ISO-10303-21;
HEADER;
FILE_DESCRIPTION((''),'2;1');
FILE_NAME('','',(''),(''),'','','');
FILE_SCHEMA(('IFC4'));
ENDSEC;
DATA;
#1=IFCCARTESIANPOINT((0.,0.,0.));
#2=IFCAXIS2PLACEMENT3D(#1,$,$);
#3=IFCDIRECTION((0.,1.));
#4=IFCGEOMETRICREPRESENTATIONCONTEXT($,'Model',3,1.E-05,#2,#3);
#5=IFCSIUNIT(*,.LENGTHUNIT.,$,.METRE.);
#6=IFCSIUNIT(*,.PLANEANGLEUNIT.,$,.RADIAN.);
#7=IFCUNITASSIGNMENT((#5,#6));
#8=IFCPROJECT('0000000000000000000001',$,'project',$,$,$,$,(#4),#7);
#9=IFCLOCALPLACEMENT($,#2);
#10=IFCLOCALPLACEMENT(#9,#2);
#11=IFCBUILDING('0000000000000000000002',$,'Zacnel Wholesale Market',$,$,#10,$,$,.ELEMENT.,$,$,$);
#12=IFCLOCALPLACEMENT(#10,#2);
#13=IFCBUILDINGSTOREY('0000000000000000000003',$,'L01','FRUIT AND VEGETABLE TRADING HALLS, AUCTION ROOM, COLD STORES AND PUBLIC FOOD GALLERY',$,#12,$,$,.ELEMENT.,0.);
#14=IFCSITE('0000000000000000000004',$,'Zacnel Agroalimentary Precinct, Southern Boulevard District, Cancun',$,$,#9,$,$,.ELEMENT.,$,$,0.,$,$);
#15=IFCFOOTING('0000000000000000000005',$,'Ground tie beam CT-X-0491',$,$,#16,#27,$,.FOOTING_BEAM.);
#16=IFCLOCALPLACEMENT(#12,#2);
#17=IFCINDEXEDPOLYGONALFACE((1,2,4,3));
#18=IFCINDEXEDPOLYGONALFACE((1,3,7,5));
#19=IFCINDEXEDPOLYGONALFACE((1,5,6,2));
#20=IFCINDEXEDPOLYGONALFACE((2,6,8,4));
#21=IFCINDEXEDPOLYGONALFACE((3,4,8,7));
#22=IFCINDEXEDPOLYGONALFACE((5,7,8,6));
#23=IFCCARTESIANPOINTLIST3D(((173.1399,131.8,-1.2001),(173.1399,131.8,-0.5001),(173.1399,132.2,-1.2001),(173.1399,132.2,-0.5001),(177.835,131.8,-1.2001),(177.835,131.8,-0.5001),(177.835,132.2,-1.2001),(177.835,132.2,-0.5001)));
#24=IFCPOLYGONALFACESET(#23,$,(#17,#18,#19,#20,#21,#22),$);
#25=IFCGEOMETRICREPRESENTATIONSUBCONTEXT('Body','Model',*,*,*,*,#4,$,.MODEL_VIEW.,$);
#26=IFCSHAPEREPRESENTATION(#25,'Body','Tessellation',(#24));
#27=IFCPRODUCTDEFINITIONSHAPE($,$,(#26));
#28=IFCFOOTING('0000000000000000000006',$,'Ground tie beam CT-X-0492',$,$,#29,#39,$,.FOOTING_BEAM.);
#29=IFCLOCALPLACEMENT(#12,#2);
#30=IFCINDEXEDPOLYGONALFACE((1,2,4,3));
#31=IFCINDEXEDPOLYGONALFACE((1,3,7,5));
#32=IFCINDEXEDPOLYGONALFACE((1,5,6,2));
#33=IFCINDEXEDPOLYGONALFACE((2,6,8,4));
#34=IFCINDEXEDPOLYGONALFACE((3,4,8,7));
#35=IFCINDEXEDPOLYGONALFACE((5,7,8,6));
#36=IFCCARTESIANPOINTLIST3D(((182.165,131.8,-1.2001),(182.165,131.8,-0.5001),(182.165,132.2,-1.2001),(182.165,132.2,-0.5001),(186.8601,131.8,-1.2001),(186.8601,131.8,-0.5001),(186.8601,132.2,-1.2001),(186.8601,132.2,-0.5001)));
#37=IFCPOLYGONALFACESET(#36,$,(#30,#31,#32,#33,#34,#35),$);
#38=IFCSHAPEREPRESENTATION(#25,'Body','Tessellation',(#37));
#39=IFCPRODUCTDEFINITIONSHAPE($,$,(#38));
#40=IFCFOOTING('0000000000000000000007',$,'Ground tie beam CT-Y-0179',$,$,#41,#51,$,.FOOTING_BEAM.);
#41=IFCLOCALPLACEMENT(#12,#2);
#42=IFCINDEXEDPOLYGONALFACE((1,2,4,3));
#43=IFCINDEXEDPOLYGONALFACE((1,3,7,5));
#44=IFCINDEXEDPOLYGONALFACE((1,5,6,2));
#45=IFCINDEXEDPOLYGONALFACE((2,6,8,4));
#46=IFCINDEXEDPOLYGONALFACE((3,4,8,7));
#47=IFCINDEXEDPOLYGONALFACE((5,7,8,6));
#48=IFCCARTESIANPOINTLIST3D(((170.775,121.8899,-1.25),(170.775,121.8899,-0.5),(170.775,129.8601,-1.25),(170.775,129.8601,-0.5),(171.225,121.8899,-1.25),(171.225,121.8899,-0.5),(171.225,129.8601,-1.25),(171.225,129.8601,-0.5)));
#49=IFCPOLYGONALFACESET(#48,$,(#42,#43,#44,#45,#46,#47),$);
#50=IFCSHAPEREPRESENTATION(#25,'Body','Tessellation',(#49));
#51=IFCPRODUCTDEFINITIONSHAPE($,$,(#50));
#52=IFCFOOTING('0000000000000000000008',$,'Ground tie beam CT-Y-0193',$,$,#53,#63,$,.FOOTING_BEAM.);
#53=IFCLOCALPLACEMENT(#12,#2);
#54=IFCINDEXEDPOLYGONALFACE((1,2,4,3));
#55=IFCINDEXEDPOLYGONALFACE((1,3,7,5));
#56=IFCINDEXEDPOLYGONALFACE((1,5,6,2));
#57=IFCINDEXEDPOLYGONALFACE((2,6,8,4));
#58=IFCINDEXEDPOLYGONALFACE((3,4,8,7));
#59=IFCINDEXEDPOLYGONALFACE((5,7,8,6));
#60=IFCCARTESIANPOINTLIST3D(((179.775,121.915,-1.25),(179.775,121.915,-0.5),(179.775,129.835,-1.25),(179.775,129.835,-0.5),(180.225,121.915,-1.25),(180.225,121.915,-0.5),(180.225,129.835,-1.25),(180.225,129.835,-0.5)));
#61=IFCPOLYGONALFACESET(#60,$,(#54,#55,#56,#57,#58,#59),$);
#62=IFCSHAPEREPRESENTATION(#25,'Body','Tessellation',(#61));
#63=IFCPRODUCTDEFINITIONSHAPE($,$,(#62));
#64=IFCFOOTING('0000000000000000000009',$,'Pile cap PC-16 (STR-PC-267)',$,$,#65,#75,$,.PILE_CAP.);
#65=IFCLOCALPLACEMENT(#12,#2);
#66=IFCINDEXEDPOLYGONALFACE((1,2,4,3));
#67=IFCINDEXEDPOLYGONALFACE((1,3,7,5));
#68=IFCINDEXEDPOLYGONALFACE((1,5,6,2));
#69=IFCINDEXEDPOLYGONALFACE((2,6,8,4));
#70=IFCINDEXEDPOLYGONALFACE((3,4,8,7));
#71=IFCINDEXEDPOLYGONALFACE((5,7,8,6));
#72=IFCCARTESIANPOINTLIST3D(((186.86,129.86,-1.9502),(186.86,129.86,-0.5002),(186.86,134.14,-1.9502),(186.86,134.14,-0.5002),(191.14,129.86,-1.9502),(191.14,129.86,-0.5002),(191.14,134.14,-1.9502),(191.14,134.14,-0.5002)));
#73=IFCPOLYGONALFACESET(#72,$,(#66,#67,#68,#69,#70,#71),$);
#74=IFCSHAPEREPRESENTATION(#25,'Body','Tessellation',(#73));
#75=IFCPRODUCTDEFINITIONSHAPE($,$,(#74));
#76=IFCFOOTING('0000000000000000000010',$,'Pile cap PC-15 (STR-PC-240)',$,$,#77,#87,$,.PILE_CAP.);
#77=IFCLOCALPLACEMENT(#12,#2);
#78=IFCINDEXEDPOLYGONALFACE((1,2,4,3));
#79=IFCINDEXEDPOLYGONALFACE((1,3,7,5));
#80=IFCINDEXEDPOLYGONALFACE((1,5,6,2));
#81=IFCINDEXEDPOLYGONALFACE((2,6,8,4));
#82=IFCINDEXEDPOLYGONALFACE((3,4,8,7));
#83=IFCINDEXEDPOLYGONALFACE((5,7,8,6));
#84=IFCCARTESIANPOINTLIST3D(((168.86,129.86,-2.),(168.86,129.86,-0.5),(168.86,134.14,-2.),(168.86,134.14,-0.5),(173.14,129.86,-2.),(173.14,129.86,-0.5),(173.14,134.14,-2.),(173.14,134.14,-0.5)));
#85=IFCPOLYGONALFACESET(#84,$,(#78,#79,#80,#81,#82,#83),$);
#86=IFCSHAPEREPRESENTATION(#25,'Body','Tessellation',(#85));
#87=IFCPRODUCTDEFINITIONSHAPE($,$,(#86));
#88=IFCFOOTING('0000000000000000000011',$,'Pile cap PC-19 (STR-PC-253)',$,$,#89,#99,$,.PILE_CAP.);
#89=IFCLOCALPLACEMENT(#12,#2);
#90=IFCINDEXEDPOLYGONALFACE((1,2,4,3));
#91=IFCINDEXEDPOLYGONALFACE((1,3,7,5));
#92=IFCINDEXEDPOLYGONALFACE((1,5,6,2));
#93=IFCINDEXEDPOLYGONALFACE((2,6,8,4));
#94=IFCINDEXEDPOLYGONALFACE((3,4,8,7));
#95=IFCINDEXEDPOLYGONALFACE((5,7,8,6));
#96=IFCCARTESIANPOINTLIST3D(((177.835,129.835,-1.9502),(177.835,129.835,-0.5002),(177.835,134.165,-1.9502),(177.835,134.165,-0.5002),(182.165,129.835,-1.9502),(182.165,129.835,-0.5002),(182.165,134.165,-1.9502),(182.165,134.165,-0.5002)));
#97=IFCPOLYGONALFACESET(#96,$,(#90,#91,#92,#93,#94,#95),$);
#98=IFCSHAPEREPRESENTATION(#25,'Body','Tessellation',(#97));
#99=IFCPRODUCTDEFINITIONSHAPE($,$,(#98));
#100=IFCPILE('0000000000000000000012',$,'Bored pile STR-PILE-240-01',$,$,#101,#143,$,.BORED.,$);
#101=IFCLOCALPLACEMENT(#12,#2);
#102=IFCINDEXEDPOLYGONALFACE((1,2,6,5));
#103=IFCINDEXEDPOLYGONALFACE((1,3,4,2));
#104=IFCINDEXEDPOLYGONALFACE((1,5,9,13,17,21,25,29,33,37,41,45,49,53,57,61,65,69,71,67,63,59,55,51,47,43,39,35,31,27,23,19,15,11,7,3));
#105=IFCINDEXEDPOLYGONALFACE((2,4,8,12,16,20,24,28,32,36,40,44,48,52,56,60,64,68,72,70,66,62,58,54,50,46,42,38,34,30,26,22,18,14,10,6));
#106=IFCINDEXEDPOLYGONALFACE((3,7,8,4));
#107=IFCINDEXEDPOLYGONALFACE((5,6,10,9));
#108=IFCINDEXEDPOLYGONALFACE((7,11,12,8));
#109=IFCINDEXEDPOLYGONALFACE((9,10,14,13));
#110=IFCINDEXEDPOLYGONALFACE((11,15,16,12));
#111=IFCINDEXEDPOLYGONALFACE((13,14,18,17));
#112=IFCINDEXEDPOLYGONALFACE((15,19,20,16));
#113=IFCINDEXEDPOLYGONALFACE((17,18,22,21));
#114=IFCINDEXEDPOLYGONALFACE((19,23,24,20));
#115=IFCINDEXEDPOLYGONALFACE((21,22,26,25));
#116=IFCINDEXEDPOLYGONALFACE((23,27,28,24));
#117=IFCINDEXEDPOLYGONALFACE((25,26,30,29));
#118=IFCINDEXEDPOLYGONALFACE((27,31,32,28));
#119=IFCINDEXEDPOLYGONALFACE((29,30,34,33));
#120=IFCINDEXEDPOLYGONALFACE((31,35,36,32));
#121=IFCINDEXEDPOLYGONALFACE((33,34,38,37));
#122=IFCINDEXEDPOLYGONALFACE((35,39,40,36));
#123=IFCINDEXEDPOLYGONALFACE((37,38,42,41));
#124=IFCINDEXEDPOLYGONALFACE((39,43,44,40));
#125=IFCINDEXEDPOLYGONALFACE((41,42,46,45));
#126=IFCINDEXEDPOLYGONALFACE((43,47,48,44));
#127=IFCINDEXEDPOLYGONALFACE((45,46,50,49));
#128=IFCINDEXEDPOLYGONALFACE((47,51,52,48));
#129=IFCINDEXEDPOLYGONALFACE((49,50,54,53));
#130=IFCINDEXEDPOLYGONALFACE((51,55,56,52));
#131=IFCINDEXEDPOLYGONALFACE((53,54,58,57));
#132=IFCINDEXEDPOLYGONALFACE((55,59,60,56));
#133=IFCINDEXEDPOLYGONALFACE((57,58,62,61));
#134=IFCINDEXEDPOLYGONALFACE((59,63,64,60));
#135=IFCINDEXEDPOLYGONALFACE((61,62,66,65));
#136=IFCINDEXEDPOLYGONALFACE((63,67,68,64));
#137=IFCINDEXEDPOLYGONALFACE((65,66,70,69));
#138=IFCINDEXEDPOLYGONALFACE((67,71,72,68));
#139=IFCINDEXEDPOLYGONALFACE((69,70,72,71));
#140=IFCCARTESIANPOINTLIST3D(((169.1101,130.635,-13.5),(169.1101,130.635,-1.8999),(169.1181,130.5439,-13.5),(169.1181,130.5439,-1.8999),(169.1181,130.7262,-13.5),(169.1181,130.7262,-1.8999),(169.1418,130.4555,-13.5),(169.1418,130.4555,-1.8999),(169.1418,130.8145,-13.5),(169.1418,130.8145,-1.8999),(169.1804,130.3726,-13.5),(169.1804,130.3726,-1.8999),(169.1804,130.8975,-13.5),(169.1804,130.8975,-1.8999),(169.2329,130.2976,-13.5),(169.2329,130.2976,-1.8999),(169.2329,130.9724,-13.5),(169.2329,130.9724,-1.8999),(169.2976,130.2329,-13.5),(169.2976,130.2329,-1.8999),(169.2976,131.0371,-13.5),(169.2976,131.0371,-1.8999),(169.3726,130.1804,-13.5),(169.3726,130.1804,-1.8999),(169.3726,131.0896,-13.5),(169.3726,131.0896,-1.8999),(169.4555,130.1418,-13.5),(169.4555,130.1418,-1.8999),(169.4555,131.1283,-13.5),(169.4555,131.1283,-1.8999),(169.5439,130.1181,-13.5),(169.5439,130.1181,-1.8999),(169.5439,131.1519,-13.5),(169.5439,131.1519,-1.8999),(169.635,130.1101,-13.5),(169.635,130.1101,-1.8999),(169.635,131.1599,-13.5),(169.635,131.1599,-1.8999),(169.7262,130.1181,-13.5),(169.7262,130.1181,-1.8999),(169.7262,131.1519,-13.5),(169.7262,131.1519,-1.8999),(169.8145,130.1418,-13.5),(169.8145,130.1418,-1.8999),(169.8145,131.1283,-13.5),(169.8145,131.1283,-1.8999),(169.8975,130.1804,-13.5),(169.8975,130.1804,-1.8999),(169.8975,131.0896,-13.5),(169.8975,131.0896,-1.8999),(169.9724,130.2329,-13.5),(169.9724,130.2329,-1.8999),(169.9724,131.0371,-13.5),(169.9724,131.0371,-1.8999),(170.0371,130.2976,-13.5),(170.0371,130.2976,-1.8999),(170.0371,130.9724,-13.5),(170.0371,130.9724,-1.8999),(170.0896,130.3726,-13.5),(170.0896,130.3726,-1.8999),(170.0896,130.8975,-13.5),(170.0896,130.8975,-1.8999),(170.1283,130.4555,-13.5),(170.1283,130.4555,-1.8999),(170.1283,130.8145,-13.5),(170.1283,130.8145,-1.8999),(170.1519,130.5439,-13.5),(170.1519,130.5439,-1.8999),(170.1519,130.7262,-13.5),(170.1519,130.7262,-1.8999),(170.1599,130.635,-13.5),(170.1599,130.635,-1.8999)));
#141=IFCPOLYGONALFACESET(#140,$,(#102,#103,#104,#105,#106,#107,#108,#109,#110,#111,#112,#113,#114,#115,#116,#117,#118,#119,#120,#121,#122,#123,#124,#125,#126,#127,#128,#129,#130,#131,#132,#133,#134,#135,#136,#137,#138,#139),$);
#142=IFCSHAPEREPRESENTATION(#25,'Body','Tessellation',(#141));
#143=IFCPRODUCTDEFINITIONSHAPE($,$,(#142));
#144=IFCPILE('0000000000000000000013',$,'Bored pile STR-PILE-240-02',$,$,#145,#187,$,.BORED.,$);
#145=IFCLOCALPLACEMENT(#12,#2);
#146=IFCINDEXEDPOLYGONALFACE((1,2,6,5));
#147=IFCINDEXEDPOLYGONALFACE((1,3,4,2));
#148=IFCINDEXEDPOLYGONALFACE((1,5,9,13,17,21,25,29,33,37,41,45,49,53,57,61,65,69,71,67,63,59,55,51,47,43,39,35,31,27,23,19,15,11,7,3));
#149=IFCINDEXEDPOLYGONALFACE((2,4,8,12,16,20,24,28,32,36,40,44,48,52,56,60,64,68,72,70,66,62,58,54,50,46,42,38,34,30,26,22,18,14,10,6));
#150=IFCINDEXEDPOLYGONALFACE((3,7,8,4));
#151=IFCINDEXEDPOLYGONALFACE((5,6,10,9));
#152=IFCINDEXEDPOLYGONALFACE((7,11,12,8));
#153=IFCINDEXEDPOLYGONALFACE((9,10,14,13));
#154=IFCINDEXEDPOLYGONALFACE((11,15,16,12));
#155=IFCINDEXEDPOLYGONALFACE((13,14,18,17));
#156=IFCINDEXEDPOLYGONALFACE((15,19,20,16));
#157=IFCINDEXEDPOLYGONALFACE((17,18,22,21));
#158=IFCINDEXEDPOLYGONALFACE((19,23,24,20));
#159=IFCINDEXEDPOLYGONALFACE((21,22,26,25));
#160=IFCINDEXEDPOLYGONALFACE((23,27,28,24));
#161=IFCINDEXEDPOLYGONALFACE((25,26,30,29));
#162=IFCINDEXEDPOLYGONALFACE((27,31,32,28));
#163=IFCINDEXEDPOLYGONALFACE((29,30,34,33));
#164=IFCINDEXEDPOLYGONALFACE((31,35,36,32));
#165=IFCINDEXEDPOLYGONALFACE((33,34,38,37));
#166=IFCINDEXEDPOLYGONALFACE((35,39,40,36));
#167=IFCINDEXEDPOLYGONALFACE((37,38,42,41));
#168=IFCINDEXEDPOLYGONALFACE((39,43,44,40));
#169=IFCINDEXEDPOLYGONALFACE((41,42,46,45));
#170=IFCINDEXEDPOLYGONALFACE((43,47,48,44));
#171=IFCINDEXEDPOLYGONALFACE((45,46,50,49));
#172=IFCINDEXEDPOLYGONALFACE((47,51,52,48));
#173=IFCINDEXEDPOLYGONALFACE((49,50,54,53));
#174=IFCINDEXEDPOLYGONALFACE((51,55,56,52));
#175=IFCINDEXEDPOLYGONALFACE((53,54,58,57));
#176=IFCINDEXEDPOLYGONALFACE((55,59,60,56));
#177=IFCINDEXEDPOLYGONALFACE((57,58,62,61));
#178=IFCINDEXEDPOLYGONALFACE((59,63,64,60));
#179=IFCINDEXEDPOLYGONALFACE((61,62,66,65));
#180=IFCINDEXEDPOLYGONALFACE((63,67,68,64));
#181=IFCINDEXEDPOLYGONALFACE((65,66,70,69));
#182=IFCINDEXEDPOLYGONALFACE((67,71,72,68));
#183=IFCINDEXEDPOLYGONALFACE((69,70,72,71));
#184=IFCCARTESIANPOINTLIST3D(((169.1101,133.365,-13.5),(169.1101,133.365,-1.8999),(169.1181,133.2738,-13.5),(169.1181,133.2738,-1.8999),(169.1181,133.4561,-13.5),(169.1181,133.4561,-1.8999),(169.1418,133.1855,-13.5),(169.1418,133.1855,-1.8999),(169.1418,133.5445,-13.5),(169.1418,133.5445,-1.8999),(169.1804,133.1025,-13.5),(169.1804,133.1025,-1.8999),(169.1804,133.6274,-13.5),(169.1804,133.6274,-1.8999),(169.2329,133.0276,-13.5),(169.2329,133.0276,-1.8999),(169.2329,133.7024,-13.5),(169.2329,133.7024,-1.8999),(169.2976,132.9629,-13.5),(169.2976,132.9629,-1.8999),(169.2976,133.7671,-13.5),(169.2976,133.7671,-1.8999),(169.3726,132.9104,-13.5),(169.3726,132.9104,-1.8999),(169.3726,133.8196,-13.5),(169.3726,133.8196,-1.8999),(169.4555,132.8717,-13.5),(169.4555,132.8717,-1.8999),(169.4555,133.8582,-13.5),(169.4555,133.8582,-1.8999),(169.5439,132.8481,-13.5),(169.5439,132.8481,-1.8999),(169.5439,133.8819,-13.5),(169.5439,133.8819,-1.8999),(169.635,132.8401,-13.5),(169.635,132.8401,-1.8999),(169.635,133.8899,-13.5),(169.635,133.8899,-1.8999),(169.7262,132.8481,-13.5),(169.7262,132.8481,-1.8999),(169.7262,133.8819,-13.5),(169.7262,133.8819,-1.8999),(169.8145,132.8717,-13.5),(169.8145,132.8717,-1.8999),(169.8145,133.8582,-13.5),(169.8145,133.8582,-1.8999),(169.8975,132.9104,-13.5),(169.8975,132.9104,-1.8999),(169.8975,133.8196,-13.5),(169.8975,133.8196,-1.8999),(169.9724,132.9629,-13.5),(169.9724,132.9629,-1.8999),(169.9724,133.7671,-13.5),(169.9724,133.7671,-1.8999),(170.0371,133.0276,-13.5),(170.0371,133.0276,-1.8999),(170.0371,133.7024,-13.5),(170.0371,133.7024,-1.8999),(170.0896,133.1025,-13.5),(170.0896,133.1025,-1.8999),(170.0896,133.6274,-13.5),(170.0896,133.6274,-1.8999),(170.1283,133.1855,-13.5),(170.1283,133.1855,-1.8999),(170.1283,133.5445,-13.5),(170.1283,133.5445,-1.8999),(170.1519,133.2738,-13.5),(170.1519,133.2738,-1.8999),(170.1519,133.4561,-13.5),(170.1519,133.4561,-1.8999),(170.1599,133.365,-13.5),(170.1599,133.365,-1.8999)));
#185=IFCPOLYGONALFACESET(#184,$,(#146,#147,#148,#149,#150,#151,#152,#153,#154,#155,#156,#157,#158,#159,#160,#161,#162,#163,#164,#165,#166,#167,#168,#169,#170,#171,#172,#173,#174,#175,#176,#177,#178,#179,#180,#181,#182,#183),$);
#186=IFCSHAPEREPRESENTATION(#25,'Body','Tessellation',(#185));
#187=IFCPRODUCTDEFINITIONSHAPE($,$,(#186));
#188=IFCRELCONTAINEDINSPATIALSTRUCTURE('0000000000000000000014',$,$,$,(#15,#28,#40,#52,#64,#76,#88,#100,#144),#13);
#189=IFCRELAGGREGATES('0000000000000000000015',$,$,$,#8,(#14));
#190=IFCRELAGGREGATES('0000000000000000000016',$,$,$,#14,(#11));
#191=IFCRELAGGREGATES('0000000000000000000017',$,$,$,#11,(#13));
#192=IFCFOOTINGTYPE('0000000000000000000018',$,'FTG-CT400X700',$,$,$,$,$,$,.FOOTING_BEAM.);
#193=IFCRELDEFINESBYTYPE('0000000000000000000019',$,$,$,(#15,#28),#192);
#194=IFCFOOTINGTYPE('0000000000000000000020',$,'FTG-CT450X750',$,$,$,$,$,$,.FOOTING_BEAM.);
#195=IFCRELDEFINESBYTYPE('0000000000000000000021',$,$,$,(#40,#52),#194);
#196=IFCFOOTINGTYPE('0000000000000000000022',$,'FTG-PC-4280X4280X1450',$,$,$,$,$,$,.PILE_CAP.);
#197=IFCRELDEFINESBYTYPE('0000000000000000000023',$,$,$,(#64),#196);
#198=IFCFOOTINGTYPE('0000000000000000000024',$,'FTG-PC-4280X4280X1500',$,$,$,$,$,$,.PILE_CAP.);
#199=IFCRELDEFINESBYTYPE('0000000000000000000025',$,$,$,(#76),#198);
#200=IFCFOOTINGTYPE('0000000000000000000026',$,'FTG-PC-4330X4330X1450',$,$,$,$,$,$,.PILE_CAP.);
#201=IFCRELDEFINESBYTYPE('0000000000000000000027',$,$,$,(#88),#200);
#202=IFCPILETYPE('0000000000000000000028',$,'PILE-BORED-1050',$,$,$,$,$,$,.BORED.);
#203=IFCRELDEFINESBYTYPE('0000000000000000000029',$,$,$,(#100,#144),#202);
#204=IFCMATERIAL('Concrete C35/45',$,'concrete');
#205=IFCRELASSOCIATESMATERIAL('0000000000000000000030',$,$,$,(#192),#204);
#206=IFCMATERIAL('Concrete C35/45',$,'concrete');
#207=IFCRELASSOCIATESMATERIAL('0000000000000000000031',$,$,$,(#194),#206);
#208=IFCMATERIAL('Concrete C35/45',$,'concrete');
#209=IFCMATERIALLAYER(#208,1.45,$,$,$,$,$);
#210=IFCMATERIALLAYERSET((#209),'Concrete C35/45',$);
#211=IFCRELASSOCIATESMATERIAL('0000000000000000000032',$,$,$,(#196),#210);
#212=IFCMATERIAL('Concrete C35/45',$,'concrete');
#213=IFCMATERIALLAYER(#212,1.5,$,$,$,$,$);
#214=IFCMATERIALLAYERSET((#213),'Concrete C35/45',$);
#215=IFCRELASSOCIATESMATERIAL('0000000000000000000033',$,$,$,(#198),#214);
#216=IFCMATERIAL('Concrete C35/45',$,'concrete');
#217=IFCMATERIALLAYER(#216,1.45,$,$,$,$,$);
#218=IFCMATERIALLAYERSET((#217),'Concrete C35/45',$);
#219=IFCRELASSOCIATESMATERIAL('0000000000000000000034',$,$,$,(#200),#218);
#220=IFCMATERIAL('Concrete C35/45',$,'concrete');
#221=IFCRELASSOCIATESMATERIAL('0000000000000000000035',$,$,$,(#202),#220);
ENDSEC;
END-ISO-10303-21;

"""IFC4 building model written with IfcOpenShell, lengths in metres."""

from ifc_helpers import new_model, si_unit, direction, frame, origin, origin_2d, place, context, subcontext, project, spatial, rectangle, circle, extrude, material, layer, layer_set, material_profile, profile_set, type_object, element, save


model = new_model("IFC4")

# Units and contexts
model_context = context("Model", 3, precision=1e-05, world=origin(), true_north=direction((0.0, 1.0)))
body_context = subcontext(model_context, "Body", "Model", "MODEL_VIEW")
ifc_project = project(units=[si_unit("LENGTHUNIT", "METRE"), si_unit("PLANEANGLEUNIT", "RADIAN")], contexts=[model_context])

# Site, building, storey
site_placement = place(None, origin())
site = spatial("IfcSite", under=ifc_project, at=site_placement, Name="Zacnel Agroalimentary Precinct, Southern Boulevard District, Cancun", CompositionType="ELEMENT", RefElevation=0.0)
building_placement = place(site_placement, origin())
building = spatial("IfcBuilding", under=site, at=building_placement, Name="Zacnel Wholesale Market", CompositionType="ELEMENT")
storey_placement = place(building_placement, origin())
storey = spatial("IfcBuildingStorey", under=building, at=storey_placement, Name="L01", Description="FRUIT AND VEGETABLE TRADING HALLS, AUCTION ROOM, COLD STORES AND PUBLIC FOOD GALLERY", CompositionType="ELEMENT", Elevation=0.0)

# Footings
ifc_material_1 = material(Name="Concrete C35/45", Category="concrete")
ifc_material_profile_1 = material_profile(ifc_material_1, rectangle(XDim=0.3999, YDim=0.7, at=origin_2d()), Name="CT 400x700")
ifc_profile_set_1 = profile_set([ifc_material_profile_1], Name="Concrete C35/45")
footing_type_1 = type_object("IfcFootingType", Name="FTG-CT400X700", PredefinedType="FOOTING_BEAM", material=ifc_profile_set_1)
for number, where, z_axis, x_axis, name in (
    (1, (173.1399, 132.0, -0.8501), (1.0, 0.0, 0.0), (0.0, 1.0, 0.0), "Ground tie beam CT-X-0491"),
    (2, (182.165, 132.0, -0.8501), (1.0, 0.0, 0.0), (0.0, 1.0, 0.0), "Ground tie beam CT-X-0492"),
):
    element("IfcFooting", number, at=place(storey_placement, frame(where, z_axis=z_axis, x_axis=x_axis)), inside=storey, type_object=footing_type_1, Name=name, PredefinedType="FOOTING_BEAM", context=body_context, shape_type="SweptSolid", body=[
        extrude(rectangle(XDim=0.3999, YDim=0.7, at=origin_2d()), origin(), (0.0, 0.0, 1.0), 4.6951),
    ])
ifc_material_2 = material(Name="Concrete C35/45", Category="concrete")
ifc_material_profile_2 = material_profile(ifc_material_2, rectangle(XDim=0.45, YDim=0.75, at=origin_2d()), Name="CT 450x750")
ifc_profile_set_2 = profile_set([ifc_material_profile_2], Name="Concrete C35/45")
footing_type_2 = type_object("IfcFootingType", Name="FTG-CT450X750", PredefinedType="FOOTING_BEAM", material=ifc_profile_set_2)
footing_1_placement = place(storey_placement, frame((171.0, 121.8899, -0.875), z_axis=(0.0, 1.0, 0.0), x_axis=(-1.0, 0.0, 0.0)))
element("IfcFooting", 3, at=footing_1_placement, inside=storey, type_object=footing_type_2, Name="Ground tie beam CT-Y-0179", PredefinedType="FOOTING_BEAM", context=body_context, shape_type="SweptSolid", body=[
    extrude(rectangle(XDim=0.45, YDim=0.75, at=origin_2d()), origin(), (0.0, 0.0, 1.0), 7.9702),
])
footing_2_placement = place(storey_placement, frame((180.0, 121.915, -0.875), z_axis=(0.0, 1.0, 0.0), x_axis=(-1.0, 0.0, 0.0)))
element("IfcFooting", 4, at=footing_2_placement, inside=storey, type_object=footing_type_2, Name="Ground tie beam CT-Y-0193", PredefinedType="FOOTING_BEAM", context=body_context, shape_type="SweptSolid", body=[
    extrude(rectangle(XDim=0.45, YDim=0.75, at=origin_2d()), origin(), (0.0, 0.0, 1.0), 7.9199),
])
ifc_material_3 = material(Name="Concrete C35/45", Category="concrete")
ifc_layer_1 = layer(ifc_material_3, 1.45)
ifc_layer_set_1 = layer_set([ifc_layer_1], Name="Concrete C35/45")
footing_type_3 = type_object("IfcFootingType", Name="FTG-PC-4280X4280X1450", PredefinedType="PILE_CAP", material=ifc_layer_set_1)
footing_3_placement = place(storey_placement, frame((189.0, 132.0, -1.9502), z_axis=(0.0, 0.0, 1.0), x_axis=(1.0, 0.0, 0.0)))
element("IfcFooting", 5, at=footing_3_placement, inside=storey, type_object=footing_type_3, Name="Pile cap PC-16 (STR-PC-267)", PredefinedType="PILE_CAP", context=body_context, shape_type="SweptSolid", body=[
    extrude(rectangle(XDim=4.28, YDim=4.28, at=origin_2d()), origin(), (0.0, 0.0, 1.0), 1.45),
])
ifc_material_4 = material(Name="Concrete C35/45", Category="concrete")
ifc_layer_2 = layer(ifc_material_4, 1.5)
ifc_layer_set_2 = layer_set([ifc_layer_2], Name="Concrete C35/45")
footing_type_4 = type_object("IfcFootingType", Name="FTG-PC-4280X4280X1500", PredefinedType="PILE_CAP", material=ifc_layer_set_2)
footing_4_placement = place(storey_placement, frame((171.0, 132.0, -2.0), z_axis=(0.0, 0.0, 1.0), x_axis=(1.0, 0.0, 0.0)))
element("IfcFooting", 6, at=footing_4_placement, inside=storey, type_object=footing_type_4, Name="Pile cap PC-15 (STR-PC-240)", PredefinedType="PILE_CAP", context=body_context, shape_type="SweptSolid", body=[
    extrude(rectangle(XDim=4.28, YDim=4.28, at=origin_2d()), origin(), (0.0, 0.0, 1.0), 1.5),
])
ifc_material_5 = material(Name="Concrete C35/45", Category="concrete")
ifc_layer_3 = layer(ifc_material_5, 1.45)
ifc_layer_set_3 = layer_set([ifc_layer_3], Name="Concrete C35/45")
footing_type_5 = type_object("IfcFootingType", Name="FTG-PC-4330X4330X1450", PredefinedType="PILE_CAP", material=ifc_layer_set_3)
footing_5_placement = place(storey_placement, frame((180.0, 132.0, -1.9502), z_axis=(0.0, 0.0, 1.0), x_axis=(1.0, 0.0, 0.0)))
element("IfcFooting", 7, at=footing_5_placement, inside=storey, type_object=footing_type_5, Name="Pile cap PC-19 (STR-PC-253)", PredefinedType="PILE_CAP", context=body_context, shape_type="SweptSolid", body=[
    extrude(rectangle(XDim=4.3301, YDim=4.3301, at=origin_2d()), origin(), (0.0, 0.0, 1.0), 1.45),
])

# Piles
ifc_material_6 = material(Name="Concrete C35/45", Category="concrete")
ifc_material_profile_3 = material_profile(ifc_material_6, circle(Radius=0.5249, at=origin_2d()), Name="BORED PILE D1050")
ifc_profile_set_3 = profile_set([ifc_material_profile_3], Name="Concrete C35/45")
pile_type_1 = type_object("IfcPileType", Name="PILE-BORED-1050", PredefinedType="BORED", material=ifc_profile_set_3)
for number, where, z_axis, x_axis, name in (
    (8, (169.635, 130.635, -1.8999), (0.0, 0.0, -1.0), (1.0, 0.0, 0.0), "Bored pile STR-PILE-240-01"),
    (9, (169.635, 133.365, -1.8999), (0.0, 0.0, -1.0), (1.0, 0.0, 0.0), "Bored pile STR-PILE-240-02"),
):
    element("IfcPile", number, at=place(storey_placement, frame(where, z_axis=z_axis, x_axis=x_axis)), inside=storey, type_object=pile_type_1, Name=name, PredefinedType="BORED", context=body_context, shape_type="SweptSolid", body=[
        extrude(circle(Radius=0.5249, at=origin_2d()), origin(), (0.0, 0.0, 1.0), 11.6001),
    ])

save(model, "model.ifc")
